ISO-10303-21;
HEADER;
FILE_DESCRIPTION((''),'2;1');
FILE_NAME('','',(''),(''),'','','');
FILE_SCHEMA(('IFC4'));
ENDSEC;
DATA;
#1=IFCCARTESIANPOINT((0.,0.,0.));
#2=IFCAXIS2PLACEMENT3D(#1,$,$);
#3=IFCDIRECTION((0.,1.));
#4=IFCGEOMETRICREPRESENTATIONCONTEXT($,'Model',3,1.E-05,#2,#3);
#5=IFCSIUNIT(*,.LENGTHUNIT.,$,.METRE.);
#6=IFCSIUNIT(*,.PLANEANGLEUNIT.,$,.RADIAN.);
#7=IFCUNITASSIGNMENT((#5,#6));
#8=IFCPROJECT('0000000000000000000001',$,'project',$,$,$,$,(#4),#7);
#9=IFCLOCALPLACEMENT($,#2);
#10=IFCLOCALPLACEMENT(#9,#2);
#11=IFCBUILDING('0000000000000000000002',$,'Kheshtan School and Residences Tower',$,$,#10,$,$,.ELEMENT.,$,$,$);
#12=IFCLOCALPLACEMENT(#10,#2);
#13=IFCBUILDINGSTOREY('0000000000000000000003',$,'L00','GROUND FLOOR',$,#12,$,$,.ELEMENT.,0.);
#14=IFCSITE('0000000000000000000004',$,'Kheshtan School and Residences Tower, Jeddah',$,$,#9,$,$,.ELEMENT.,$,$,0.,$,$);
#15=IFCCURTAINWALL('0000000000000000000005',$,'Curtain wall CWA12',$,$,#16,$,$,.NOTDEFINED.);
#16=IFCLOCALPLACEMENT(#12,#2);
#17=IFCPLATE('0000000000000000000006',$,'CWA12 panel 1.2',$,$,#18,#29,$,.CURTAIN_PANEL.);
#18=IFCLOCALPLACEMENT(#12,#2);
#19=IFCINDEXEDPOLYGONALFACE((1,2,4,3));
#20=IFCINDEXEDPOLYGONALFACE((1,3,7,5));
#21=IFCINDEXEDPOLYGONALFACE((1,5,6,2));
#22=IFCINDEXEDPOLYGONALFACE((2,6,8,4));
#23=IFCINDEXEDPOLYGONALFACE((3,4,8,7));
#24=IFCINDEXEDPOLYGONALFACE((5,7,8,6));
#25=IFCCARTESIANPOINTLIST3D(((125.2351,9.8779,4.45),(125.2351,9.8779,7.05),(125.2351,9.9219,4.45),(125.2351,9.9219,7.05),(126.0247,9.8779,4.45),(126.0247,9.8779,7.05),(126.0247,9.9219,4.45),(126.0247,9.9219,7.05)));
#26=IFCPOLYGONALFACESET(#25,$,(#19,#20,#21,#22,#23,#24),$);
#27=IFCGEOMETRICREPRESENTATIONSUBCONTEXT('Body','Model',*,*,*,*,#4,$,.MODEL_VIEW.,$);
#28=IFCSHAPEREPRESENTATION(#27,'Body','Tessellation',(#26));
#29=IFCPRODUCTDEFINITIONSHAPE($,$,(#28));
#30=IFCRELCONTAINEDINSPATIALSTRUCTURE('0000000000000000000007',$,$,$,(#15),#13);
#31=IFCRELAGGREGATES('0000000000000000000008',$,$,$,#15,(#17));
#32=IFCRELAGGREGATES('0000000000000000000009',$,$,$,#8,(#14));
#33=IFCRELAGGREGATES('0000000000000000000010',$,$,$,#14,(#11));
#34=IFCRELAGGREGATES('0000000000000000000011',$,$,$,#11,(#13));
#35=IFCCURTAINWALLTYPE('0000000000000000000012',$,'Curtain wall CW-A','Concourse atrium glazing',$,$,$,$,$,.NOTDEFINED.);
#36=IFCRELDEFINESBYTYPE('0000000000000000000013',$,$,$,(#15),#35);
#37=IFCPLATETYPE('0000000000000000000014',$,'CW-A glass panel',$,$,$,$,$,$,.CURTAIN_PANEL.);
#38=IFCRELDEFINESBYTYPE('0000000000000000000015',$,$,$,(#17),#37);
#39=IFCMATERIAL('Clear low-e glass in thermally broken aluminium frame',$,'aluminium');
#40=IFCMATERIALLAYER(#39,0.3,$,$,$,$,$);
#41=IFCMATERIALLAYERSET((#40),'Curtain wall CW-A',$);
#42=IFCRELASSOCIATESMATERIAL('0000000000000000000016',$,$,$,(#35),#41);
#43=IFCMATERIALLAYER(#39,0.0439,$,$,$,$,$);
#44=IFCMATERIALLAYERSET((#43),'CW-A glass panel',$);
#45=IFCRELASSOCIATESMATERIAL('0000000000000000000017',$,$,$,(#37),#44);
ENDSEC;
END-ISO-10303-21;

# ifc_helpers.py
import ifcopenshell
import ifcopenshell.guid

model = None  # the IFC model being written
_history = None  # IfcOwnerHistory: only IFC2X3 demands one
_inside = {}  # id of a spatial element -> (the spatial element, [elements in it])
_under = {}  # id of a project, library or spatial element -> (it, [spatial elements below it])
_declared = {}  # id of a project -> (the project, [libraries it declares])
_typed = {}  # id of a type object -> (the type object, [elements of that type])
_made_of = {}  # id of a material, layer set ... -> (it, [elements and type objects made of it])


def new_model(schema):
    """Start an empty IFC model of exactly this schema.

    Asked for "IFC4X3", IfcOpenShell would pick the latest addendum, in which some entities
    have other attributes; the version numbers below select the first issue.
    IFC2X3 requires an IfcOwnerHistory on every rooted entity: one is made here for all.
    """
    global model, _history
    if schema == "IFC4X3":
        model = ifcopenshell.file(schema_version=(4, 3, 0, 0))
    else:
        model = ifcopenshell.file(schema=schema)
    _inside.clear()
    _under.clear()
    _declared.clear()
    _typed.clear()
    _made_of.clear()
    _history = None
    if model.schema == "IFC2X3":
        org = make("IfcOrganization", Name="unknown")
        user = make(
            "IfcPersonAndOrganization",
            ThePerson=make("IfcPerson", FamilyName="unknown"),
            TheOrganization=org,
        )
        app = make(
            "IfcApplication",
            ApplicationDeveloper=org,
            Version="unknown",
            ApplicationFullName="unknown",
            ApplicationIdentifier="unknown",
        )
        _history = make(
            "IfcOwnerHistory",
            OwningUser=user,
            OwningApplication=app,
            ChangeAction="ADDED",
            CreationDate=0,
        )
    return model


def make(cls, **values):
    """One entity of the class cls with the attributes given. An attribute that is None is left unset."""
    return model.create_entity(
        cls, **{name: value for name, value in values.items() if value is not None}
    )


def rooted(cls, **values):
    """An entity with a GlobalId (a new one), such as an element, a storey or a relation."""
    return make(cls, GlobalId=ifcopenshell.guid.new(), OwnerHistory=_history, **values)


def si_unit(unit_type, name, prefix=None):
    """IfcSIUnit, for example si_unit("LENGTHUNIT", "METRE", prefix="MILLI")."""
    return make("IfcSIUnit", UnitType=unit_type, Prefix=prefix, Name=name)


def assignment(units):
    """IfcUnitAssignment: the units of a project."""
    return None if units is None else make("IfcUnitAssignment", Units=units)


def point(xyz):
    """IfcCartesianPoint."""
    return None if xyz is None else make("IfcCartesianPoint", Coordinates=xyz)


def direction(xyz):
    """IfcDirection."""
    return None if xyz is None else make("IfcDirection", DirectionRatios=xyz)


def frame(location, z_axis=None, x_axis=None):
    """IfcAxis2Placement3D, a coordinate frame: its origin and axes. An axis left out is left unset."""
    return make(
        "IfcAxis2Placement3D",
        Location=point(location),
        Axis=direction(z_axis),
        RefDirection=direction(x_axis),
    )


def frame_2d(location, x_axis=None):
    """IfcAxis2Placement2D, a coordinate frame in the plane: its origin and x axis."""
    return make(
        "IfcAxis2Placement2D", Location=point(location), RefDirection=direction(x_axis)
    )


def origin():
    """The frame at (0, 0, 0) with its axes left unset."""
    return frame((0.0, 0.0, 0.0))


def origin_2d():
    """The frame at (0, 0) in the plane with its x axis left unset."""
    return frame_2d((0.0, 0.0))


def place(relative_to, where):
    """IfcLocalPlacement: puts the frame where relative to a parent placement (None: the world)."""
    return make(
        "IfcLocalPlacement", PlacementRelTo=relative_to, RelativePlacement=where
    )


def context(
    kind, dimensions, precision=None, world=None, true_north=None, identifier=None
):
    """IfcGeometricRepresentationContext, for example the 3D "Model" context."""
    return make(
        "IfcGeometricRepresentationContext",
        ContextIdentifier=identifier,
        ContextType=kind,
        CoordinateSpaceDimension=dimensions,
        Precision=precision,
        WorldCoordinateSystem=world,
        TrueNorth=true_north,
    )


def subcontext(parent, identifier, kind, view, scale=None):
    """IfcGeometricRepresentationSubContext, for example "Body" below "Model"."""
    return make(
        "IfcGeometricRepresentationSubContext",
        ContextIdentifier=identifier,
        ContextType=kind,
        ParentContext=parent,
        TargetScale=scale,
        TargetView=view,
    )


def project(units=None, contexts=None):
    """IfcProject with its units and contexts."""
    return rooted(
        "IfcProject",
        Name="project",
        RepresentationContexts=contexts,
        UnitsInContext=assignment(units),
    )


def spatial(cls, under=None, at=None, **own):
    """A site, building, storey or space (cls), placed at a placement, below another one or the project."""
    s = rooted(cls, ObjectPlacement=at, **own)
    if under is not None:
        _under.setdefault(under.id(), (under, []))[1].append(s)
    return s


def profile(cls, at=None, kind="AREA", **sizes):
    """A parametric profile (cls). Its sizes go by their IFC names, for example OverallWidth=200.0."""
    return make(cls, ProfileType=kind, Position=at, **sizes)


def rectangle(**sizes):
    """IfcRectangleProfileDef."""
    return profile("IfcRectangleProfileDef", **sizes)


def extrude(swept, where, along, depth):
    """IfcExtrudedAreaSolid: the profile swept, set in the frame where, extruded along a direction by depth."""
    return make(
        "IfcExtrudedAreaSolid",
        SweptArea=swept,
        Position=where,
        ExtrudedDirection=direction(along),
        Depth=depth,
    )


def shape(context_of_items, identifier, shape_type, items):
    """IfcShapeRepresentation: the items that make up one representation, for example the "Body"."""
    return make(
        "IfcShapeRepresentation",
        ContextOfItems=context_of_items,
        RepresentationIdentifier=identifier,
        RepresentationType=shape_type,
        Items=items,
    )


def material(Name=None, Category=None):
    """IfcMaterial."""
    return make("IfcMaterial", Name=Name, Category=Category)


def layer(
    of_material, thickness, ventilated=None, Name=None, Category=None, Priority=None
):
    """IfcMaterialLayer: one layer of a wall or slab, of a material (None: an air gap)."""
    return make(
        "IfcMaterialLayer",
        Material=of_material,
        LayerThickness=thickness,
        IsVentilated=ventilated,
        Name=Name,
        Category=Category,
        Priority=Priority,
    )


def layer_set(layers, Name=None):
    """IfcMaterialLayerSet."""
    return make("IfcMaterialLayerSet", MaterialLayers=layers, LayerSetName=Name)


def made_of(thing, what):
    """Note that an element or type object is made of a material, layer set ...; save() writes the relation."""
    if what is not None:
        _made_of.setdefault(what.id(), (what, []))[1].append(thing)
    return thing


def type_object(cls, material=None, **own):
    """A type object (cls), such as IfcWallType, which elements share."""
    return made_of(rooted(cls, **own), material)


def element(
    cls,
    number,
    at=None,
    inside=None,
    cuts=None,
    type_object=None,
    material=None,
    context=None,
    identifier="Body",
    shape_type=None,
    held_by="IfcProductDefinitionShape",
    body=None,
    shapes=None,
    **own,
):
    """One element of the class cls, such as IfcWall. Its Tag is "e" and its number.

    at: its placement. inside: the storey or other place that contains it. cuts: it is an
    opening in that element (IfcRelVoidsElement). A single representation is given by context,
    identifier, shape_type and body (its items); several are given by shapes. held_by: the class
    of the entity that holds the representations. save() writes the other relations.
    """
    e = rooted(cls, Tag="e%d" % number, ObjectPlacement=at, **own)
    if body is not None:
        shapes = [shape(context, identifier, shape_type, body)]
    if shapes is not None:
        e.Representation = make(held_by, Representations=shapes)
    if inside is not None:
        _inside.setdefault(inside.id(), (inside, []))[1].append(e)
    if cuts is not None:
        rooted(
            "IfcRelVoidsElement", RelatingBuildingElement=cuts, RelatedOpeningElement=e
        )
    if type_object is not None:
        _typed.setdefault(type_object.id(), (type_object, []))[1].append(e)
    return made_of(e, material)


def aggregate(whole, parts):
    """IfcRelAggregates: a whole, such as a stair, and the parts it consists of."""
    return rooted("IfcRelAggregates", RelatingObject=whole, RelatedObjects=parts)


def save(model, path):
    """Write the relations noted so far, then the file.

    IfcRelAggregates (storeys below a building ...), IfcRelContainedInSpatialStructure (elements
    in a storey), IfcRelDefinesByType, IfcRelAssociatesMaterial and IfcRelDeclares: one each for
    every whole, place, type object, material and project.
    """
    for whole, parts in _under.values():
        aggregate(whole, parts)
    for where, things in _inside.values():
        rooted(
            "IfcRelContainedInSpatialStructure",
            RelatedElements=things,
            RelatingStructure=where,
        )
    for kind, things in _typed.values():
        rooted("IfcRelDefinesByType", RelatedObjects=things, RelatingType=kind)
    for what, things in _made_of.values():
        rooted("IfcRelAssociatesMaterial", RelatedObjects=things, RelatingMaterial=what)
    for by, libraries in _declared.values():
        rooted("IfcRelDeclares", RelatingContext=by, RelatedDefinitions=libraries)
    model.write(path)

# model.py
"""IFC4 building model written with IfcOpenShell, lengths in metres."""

from ifc_helpers import new_model, si_unit, direction, frame, origin, origin_2d, place, context, subcontext, project, spatial, rectangle, extrude, material, layer, layer_set, type_object, element, aggregate, save


model = new_model("IFC4")

# Units and contexts
model_context = context("Model", 3, precision=1e-05, world=origin(), true_north=direction((0.0, 1.0)))
body_context = subcontext(model_context, "Body", "Model", "MODEL_VIEW")
ifc_project = project(units=[si_unit("LENGTHUNIT", "METRE"), si_unit("PLANEANGLEUNIT", "RADIAN")], contexts=[model_context])

# Site, building, storey
site_placement = place(None, origin())
site = spatial("IfcSite", under=ifc_project, at=site_placement, Name="Kheshtan School and Residences Tower, Jeddah", CompositionType="ELEMENT", RefElevation=0.0)
building_placement = place(site_placement, origin())
building = spatial("IfcBuilding", under=site, at=building_placement, Name="Kheshtan School and Residences Tower", CompositionType="ELEMENT")
storey_placement = place(building_placement, origin())
storey = spatial("IfcBuildingStorey", under=building, at=storey_placement, Name="L00", Description="GROUND FLOOR", CompositionType="ELEMENT", Elevation=0.0)

# Shared definitions
ifc_material_1 = material(Name="Clear low-e glass in thermally broken aluminium frame", Category="aluminium")
ifc_layer_1 = layer(ifc_material_1, 0.3)
ifc_layer_set_1 = layer_set([ifc_layer_1], Name="Curtain wall CW-A")
curtain_wall_type = type_object("IfcCurtainWallType", Name="Curtain wall CW-A", Description="Concourse atrium glazing", PredefinedType="NOTDEFINED", material=ifc_layer_set_1)

# Curtain wall
curtain_wall_1_placement = place(storey_placement, origin())
curtain_wall_1 = element("IfcCurtainWall", 1, at=curtain_wall_1_placement, inside=storey, type_object=curtain_wall_type, Name="Curtain wall CWA12", PredefinedType="NOTDEFINED")

# Plate
ifc_layer_2 = layer(ifc_material_1, 0.0439)
ifc_layer_set_2 = layer_set([ifc_layer_2], Name="CW-A glass panel")
plate_type = type_object("IfcPlateType", Name="CW-A glass panel", PredefinedType="CURTAIN_PANEL", material=ifc_layer_set_2)
plate_1_placement = place(storey_placement, frame((125.6299, 9.8999, 4.45), z_axis=(0.0, 0.0, 1.0), x_axis=(-1.0, 0.0, 0.0)))
plate_1 = element("IfcPlate", 2, at=plate_1_placement, type_object=plate_type, Name="CWA12 panel 1.2", PredefinedType="CURTAIN_PANEL", context=body_context, shape_type="SweptSolid", body=[
    extrude(rectangle(XDim=0.7896, YDim=0.0439, at=origin_2d()), origin(), (0.0, 0.0, 1.0), 2.6001),
])
aggregate(curtain_wall_1, [plate_1])

save(model, "model.ifc")
